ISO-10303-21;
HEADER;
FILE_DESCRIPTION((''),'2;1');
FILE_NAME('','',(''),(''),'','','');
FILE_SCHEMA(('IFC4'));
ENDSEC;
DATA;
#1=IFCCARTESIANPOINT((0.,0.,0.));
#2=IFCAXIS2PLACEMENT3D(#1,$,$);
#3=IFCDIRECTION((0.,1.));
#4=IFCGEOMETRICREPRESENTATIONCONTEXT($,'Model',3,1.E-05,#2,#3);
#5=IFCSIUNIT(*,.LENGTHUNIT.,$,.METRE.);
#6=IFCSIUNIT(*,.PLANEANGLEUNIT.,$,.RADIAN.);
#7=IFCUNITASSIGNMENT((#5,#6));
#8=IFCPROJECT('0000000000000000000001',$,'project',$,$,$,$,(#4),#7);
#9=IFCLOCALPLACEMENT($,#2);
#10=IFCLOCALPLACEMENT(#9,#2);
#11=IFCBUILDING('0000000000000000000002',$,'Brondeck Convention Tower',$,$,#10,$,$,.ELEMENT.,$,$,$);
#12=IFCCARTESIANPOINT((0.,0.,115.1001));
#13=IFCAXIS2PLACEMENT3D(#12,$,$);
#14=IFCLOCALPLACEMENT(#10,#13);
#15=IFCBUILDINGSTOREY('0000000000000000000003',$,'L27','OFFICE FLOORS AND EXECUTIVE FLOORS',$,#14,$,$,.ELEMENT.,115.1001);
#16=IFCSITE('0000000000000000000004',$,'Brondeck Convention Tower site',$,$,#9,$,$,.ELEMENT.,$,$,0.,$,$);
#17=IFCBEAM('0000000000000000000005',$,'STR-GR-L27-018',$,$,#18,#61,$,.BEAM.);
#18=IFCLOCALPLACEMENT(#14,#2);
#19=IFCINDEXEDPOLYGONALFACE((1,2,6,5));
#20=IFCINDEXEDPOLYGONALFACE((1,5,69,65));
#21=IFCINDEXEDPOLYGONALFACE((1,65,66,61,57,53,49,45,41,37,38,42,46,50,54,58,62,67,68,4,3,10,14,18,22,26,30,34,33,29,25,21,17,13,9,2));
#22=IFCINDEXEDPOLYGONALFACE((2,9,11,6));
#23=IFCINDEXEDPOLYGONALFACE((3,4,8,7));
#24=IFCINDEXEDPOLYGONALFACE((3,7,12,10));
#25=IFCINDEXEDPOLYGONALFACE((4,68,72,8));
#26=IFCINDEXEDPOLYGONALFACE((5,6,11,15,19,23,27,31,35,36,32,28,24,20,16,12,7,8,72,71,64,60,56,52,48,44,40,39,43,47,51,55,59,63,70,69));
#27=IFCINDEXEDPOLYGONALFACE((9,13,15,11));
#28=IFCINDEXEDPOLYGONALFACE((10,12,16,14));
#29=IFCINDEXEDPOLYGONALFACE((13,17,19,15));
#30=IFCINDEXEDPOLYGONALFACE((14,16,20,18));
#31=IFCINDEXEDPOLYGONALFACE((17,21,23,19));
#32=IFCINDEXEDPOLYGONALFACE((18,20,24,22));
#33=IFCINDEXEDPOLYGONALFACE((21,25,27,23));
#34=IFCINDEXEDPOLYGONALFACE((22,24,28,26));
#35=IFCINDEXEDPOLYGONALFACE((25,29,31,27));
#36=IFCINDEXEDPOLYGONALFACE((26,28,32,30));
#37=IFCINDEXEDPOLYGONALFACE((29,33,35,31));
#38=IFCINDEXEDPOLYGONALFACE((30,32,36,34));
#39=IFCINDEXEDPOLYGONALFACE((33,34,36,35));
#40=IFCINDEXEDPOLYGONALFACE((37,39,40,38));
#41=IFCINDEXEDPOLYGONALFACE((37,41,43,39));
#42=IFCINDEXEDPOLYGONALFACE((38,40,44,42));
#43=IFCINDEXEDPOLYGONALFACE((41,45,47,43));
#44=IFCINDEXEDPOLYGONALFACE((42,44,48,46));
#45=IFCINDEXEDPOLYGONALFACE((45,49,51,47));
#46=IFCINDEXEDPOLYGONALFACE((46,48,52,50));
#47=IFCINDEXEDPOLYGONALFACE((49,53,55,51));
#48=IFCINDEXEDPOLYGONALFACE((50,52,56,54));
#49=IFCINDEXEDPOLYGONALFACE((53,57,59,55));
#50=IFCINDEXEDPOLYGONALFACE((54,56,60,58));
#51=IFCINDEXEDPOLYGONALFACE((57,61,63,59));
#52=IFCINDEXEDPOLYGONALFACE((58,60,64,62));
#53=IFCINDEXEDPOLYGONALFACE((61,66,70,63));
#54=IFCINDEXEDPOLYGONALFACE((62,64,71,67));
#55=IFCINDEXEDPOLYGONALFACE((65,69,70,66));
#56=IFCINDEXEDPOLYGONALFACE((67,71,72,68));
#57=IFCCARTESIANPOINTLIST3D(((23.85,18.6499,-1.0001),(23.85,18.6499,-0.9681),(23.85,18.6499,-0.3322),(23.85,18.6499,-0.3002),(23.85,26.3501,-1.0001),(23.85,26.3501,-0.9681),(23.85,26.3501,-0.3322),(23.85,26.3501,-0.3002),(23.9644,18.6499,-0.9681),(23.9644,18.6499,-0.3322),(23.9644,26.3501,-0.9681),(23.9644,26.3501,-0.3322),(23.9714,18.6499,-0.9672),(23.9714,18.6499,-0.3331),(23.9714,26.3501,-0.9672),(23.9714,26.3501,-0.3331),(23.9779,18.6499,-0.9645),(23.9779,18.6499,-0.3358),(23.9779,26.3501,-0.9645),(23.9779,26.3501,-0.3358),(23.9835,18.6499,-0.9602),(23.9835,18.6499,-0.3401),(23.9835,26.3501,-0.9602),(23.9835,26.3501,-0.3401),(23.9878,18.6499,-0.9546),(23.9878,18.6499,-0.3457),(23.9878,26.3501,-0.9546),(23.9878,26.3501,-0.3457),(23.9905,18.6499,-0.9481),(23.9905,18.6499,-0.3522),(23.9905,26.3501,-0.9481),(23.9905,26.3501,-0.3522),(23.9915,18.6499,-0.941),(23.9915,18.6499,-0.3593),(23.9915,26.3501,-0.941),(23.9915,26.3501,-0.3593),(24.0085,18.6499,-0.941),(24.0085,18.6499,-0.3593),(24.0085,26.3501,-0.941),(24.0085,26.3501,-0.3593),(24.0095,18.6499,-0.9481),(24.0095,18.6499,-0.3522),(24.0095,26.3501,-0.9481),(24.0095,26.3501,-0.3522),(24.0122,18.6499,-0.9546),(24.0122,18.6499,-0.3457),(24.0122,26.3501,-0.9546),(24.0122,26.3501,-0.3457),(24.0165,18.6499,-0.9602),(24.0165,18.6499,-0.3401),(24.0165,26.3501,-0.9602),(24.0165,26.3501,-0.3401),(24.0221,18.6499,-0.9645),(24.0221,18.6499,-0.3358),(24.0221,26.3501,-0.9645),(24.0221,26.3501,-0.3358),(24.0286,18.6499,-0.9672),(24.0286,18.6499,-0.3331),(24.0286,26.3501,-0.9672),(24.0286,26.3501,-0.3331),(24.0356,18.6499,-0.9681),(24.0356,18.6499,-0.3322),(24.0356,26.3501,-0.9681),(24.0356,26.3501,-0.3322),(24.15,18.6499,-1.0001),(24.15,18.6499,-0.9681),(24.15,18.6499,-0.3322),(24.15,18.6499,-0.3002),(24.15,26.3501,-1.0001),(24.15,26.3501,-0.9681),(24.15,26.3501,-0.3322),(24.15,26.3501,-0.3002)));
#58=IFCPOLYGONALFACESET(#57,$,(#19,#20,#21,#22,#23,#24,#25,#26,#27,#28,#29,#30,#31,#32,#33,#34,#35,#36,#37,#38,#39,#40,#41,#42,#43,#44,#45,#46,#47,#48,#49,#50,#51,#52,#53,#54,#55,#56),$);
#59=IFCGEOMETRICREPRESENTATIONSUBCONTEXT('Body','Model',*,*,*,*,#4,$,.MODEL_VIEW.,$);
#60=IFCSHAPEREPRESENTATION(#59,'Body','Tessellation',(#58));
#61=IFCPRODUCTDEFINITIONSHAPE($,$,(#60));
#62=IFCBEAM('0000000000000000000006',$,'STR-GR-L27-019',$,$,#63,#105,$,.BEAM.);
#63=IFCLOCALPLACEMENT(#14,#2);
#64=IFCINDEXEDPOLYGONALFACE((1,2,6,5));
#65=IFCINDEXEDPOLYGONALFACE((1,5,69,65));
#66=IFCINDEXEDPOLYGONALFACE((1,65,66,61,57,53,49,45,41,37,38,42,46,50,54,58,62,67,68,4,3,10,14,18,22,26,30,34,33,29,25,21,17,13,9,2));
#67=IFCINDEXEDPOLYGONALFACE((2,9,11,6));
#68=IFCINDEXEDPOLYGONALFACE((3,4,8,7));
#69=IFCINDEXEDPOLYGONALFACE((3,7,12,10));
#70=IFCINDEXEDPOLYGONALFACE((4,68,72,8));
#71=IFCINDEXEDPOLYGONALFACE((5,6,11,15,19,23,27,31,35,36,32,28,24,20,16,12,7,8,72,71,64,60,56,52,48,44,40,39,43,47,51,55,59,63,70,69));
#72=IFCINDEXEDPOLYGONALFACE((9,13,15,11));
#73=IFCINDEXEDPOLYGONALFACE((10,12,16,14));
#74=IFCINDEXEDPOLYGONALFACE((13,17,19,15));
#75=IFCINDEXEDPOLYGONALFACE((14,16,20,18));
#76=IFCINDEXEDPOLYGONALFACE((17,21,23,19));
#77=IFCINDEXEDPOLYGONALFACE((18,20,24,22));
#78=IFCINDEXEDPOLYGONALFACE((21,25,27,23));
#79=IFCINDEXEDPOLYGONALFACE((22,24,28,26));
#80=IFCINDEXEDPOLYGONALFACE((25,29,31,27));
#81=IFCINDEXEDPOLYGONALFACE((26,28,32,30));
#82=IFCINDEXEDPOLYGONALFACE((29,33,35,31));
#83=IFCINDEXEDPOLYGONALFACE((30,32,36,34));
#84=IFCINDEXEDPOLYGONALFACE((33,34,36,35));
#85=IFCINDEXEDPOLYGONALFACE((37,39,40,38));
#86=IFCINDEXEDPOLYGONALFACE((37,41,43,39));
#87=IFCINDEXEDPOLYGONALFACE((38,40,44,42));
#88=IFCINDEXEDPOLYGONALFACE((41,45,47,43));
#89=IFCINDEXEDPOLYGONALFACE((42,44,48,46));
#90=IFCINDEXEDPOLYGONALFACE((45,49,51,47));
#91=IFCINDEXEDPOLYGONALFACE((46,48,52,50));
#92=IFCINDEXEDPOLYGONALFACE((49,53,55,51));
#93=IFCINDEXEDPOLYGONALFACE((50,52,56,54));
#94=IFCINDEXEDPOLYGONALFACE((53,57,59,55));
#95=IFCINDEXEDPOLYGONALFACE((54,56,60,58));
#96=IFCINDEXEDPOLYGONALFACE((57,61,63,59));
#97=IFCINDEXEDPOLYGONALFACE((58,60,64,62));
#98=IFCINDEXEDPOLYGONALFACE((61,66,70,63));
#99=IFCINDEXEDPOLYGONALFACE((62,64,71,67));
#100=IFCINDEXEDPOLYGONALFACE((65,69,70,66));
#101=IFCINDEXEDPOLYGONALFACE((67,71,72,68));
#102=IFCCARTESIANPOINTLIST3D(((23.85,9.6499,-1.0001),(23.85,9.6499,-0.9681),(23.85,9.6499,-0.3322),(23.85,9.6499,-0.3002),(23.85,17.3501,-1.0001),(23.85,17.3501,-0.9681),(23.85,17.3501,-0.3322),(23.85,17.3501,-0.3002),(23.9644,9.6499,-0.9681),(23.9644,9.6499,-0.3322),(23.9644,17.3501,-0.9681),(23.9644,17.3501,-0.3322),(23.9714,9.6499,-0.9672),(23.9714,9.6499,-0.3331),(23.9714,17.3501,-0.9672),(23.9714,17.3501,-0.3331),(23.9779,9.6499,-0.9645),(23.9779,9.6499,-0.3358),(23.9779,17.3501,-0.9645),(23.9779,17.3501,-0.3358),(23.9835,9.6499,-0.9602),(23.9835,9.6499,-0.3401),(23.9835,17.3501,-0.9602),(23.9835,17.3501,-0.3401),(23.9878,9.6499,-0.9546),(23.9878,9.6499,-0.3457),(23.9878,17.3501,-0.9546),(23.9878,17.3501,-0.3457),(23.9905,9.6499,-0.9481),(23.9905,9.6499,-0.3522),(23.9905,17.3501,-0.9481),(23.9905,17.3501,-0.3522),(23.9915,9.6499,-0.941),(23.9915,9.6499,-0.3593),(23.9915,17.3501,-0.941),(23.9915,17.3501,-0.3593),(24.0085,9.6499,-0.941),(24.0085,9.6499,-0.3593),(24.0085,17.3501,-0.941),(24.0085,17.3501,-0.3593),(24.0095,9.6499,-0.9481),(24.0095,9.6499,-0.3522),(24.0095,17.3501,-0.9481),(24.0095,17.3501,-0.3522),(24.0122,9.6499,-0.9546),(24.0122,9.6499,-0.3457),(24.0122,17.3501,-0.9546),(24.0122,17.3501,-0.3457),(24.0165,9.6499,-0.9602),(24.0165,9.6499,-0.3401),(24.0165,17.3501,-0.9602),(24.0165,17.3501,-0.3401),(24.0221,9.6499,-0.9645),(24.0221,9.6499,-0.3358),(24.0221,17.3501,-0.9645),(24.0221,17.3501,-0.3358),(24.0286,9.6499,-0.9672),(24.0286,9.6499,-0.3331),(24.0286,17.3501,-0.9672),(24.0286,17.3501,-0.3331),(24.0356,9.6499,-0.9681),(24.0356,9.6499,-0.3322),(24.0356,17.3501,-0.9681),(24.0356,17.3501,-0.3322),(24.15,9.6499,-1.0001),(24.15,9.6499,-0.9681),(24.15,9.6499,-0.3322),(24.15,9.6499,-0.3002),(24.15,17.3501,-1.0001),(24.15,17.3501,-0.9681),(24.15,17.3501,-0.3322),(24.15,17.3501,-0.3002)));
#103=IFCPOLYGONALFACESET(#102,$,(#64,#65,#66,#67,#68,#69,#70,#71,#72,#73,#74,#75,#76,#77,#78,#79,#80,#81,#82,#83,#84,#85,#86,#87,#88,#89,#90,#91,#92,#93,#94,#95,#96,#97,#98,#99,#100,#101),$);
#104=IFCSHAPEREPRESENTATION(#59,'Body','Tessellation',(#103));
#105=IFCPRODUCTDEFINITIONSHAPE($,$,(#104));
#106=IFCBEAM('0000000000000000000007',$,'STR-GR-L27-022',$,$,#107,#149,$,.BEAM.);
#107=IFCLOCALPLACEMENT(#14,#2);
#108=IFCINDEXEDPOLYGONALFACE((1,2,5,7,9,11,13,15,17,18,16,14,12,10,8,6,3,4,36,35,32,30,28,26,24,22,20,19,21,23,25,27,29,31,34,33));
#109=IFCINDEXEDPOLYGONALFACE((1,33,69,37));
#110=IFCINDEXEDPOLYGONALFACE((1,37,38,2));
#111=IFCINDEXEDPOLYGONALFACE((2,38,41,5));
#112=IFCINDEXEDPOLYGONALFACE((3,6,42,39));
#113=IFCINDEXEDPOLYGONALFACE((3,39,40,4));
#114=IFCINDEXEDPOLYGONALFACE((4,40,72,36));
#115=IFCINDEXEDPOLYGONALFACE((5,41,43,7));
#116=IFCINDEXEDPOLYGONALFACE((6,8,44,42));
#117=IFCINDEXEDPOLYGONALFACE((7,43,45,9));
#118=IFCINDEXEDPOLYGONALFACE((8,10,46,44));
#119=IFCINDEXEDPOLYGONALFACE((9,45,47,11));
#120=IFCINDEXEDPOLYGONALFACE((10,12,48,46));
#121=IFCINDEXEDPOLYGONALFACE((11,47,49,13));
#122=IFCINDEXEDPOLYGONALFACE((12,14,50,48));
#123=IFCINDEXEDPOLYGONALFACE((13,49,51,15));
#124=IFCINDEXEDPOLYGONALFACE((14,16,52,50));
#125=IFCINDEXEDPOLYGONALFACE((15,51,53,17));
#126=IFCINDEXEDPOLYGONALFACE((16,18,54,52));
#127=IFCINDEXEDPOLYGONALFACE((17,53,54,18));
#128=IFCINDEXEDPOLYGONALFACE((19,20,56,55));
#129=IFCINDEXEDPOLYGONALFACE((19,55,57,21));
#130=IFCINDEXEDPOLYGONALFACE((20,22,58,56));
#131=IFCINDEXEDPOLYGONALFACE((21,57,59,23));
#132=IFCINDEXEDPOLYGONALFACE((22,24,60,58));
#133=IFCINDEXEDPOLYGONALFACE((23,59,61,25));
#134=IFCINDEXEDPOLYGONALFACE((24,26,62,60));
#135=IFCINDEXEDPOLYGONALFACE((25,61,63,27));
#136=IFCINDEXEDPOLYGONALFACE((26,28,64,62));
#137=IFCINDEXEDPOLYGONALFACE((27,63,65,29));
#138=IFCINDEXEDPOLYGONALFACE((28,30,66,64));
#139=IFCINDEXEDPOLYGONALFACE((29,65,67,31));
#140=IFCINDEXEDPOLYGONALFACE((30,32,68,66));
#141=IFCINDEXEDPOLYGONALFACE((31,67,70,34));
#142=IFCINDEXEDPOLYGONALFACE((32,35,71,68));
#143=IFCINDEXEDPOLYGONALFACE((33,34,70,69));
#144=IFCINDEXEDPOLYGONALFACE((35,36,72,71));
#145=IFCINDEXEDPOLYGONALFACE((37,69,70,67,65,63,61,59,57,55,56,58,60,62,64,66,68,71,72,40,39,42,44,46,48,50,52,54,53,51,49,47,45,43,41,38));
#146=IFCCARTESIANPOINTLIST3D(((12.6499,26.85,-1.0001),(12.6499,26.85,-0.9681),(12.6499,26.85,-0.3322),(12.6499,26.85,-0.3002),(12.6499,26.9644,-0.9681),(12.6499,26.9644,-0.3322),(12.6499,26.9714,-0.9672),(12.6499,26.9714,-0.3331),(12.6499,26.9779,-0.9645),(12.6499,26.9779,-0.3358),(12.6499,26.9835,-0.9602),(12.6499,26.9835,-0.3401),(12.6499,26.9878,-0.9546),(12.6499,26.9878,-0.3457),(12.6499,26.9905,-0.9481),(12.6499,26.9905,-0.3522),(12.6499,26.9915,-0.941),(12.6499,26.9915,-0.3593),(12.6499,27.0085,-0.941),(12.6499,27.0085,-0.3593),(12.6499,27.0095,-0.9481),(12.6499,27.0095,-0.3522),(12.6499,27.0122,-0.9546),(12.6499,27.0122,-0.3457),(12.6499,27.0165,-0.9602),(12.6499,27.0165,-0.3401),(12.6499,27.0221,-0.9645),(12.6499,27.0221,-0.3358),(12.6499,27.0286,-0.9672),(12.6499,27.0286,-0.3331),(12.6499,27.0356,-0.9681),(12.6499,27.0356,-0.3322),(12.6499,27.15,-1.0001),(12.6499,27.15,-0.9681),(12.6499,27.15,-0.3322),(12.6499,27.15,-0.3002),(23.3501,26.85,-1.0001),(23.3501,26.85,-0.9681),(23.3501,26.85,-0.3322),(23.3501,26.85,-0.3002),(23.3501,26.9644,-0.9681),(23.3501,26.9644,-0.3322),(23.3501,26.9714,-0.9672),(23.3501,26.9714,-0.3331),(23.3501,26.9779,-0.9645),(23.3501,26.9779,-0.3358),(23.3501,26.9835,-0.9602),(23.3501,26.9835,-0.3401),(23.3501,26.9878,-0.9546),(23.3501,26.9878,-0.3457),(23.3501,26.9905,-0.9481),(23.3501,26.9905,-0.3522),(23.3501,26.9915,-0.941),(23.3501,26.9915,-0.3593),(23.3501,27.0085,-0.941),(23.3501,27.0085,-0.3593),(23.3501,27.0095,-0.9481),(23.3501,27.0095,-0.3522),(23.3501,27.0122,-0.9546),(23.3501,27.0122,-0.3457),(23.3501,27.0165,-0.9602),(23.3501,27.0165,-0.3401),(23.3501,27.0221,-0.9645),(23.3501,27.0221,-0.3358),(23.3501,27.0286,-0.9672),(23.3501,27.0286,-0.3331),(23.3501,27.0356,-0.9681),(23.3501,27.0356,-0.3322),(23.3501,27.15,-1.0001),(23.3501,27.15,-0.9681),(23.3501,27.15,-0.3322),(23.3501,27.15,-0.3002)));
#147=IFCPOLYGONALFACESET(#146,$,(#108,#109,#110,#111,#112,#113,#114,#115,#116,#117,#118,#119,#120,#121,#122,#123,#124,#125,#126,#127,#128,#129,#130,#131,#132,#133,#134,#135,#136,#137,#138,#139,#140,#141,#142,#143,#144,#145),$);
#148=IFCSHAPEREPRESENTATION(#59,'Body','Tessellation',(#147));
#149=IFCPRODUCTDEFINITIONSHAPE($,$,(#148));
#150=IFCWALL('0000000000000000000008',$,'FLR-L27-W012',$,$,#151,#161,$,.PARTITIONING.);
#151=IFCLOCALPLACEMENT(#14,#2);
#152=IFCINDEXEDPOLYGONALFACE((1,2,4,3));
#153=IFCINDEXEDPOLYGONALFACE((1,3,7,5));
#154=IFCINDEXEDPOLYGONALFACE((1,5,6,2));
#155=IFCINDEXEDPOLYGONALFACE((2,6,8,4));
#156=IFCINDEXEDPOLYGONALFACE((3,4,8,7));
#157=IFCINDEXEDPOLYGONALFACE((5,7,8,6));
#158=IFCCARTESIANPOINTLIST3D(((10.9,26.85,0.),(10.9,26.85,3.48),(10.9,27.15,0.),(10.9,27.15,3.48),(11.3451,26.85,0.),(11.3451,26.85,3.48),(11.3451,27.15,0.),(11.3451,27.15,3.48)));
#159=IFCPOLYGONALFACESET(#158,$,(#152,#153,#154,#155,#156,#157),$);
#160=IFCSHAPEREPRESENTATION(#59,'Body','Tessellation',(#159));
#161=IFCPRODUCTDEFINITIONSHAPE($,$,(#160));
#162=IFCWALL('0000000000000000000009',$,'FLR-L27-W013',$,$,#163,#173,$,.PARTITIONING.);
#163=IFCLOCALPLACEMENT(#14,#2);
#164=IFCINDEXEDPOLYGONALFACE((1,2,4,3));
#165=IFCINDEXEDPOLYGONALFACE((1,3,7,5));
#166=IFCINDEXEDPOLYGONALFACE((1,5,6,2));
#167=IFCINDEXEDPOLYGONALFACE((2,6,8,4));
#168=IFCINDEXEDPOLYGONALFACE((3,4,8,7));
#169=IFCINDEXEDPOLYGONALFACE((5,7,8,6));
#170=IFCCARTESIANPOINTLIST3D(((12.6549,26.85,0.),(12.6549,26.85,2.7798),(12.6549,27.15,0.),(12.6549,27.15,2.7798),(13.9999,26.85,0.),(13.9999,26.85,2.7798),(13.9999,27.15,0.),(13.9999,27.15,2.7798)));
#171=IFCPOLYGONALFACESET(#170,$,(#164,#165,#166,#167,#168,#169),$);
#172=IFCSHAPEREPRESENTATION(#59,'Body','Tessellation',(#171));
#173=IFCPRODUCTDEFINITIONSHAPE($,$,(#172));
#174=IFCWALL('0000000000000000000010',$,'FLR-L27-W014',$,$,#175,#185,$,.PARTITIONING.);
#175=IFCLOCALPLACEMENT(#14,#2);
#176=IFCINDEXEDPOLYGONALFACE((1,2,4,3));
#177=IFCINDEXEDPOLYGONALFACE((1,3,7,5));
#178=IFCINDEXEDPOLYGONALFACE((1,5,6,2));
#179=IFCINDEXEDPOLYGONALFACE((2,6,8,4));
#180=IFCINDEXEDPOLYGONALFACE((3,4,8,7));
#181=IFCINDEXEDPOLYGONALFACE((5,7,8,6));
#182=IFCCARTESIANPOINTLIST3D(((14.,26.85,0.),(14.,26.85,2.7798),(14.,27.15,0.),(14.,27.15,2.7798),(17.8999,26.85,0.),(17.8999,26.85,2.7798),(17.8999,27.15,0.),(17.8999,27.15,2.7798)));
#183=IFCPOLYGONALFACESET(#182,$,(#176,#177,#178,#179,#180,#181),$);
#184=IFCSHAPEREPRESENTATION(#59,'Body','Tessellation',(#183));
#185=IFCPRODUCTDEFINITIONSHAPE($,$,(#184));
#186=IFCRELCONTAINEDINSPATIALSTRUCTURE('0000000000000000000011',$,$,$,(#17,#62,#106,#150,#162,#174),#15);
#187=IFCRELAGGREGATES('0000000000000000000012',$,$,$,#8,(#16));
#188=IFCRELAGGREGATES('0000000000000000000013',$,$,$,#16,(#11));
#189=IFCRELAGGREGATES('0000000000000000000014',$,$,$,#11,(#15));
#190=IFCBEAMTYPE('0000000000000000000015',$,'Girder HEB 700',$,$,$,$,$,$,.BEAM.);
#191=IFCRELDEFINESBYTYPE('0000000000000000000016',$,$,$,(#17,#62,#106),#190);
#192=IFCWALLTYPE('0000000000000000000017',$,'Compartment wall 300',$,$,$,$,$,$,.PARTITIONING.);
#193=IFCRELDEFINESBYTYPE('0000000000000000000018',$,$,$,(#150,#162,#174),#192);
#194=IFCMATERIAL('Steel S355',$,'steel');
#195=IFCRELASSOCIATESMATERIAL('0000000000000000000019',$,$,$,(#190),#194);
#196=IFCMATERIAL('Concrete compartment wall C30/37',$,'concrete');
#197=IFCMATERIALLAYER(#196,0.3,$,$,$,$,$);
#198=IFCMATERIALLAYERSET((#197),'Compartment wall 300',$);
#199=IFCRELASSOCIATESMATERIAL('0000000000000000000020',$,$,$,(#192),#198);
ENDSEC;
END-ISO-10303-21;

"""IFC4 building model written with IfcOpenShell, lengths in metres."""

from ifc_helpers import new_model, si_unit, direction, frame, frame_2d, origin, origin_2d, place, context, subcontext, project, spatial, rectangle, i_section, extrude, material, layer, layer_set, material_profile, profile_set, type_object, element, save


model = new_model("IFC4")

# Units and contexts
model_context = context("Model", 3, precision=1e-05, world=origin(), true_north=direction((0.0, 1.0)))
body_context = subcontext(model_context, "Body", "Model", "MODEL_VIEW")
ifc_project = project(units=[si_unit("LENGTHUNIT", "METRE"), si_unit("PLANEANGLEUNIT", "RADIAN")], contexts=[model_context])

# Site, building, storey
site_placement = place(None, origin())
site = spatial("IfcSite", under=ifc_project, at=site_placement, Name="Brondeck Convention Tower site", CompositionType="ELEMENT", RefElevation=0.0)
building_placement = place(site_placement, origin())
building = spatial("IfcBuilding", under=site, at=building_placement, Name="Brondeck Convention Tower", CompositionType="ELEMENT")
storey_placement = place(building_placement, frame((0.0, 0.0, 115.1001)))
storey = spatial("IfcBuildingStorey", under=building, at=storey_placement, Name="L27", Description="OFFICE FLOORS AND EXECUTIVE FLOORS", CompositionType="ELEMENT", Elevation=115.1001)

# Beams
ifc_material_1 = material(Name="Steel S355", Category="steel")
ifc_material_profile_1 = material_profile(ifc_material_1, i_section(OverallWidth=0.3, OverallDepth=0.7, WebThickness=0.0171, FlangeThickness=0.032, FilletRadius=0.0271, at=origin_2d()), Name="HEB 700")
ifc_profile_set_1 = profile_set([ifc_material_profile_1], Name="Steel S355")
beam_type_1 = type_object("IfcBeamType", Name="Girder HEB 700", PredefinedType="BEAM", material=ifc_profile_set_1)
for number, where, z_axis, x_axis, name in (
    (1, (24.0, 26.3501, -0.6501), (0.0, -1.0, 0.0), (1.0, 0.0, 0.0), "STR-GR-L27-018"),
    (2, (24.0, 17.3501, -0.6501), (0.0, -1.0, 0.0), (1.0, 0.0, 0.0), "STR-GR-L27-019"),
):
    element("IfcBeam", number, at=place(storey_placement, frame(where, z_axis=z_axis, x_axis=x_axis)), inside=storey, type_object=beam_type_1, Name=name, PredefinedType="BEAM", context=body_context, shape_type="SweptSolid", body=[
        extrude(i_section(OverallWidth=0.3, OverallDepth=0.7, WebThickness=0.0171, FlangeThickness=0.032, FilletRadius=0.0271, at=origin_2d()), origin(), (0.0, 0.0, 1.0), 7.7002),
    ])
beam_1_placement = place(storey_placement, frame((12.6499, 27.0, -0.6501), z_axis=(1.0, 0.0, 0.0), x_axis=(0.0, 1.0, 0.0)))
element("IfcBeam", 3, at=beam_1_placement, inside=storey, type_object=beam_type_1, Name="STR-GR-L27-022", PredefinedType="BEAM", context=body_context, shape_type="SweptSolid", body=[
    extrude(i_section(OverallWidth=0.3, OverallDepth=0.7, WebThickness=0.0171, FlangeThickness=0.032, FilletRadius=0.0271, at=origin_2d()), origin(), (0.0, 0.0, 1.0), 10.7002),
])

# Walls
ifc_material_2 = material(Name="Concrete compartment wall C30/37", Category="concrete")
ifc_layer_1 = layer(ifc_material_2, 0.3)
ifc_layer_set_1 = layer_set([ifc_layer_1], Name="Compartment wall 300")
wall_type_1 = type_object("IfcWallType", Name="Compartment wall 300", PredefinedType="PARTITIONING", material=ifc_layer_set_1)
wall_1_placement = place(storey_placement, frame((10.8999, 27.0, 0.0), z_axis=(0.0, 0.0, 1.0), x_axis=(1.0, 0.0, 0.0)))
element("IfcWall", 4, at=wall_1_placement, inside=storey, type_object=wall_type_1, Name="FLR-L27-W012", PredefinedType="PARTITIONING", context=body_context, shape_type="SweptSolid", body=[
    extrude(rectangle(XDim=0.4451, YDim=0.3, at=frame_2d((0.2227, 0.0))), origin(), (0.0, 0.0, 1.0), 3.48),
])
wall_2_placement = place(storey_placement, frame((12.655, 27.0, 0.0), z_axis=(0.0, 0.0, 1.0), x_axis=(1.0, 0.0, 0.0)))
element("IfcWall", 5, at=wall_2_placement, inside=storey, type_object=wall_type_1, Name="FLR-L27-W013", PredefinedType="PARTITIONING", context=body_context, shape_type="SweptSolid", body=[
    extrude(rectangle(XDim=1.345, YDim=0.3, at=frame_2d((0.6724, 0.0))), origin(), (0.0, 0.0, 1.0), 2.7798),
])
wall_3_placement = place(storey_placement, frame((14.0, 27.0, 0.0), z_axis=(0.0, 0.0, 1.0), x_axis=(1.0, 0.0, 0.0)))
element("IfcWall", 6, at=wall_3_placement, inside=storey, type_object=wall_type_1, Name="FLR-L27-W014", PredefinedType="PARTITIONING", context=body_context, shape_type="SweptSolid", body=[
    extrude(rectangle(XDim=3.8999, YDim=0.3, at=frame_2d((1.95, 0.0))), origin(), (0.0, 0.0, 1.0), 2.7798),
])

save(model, "model.ifc")
